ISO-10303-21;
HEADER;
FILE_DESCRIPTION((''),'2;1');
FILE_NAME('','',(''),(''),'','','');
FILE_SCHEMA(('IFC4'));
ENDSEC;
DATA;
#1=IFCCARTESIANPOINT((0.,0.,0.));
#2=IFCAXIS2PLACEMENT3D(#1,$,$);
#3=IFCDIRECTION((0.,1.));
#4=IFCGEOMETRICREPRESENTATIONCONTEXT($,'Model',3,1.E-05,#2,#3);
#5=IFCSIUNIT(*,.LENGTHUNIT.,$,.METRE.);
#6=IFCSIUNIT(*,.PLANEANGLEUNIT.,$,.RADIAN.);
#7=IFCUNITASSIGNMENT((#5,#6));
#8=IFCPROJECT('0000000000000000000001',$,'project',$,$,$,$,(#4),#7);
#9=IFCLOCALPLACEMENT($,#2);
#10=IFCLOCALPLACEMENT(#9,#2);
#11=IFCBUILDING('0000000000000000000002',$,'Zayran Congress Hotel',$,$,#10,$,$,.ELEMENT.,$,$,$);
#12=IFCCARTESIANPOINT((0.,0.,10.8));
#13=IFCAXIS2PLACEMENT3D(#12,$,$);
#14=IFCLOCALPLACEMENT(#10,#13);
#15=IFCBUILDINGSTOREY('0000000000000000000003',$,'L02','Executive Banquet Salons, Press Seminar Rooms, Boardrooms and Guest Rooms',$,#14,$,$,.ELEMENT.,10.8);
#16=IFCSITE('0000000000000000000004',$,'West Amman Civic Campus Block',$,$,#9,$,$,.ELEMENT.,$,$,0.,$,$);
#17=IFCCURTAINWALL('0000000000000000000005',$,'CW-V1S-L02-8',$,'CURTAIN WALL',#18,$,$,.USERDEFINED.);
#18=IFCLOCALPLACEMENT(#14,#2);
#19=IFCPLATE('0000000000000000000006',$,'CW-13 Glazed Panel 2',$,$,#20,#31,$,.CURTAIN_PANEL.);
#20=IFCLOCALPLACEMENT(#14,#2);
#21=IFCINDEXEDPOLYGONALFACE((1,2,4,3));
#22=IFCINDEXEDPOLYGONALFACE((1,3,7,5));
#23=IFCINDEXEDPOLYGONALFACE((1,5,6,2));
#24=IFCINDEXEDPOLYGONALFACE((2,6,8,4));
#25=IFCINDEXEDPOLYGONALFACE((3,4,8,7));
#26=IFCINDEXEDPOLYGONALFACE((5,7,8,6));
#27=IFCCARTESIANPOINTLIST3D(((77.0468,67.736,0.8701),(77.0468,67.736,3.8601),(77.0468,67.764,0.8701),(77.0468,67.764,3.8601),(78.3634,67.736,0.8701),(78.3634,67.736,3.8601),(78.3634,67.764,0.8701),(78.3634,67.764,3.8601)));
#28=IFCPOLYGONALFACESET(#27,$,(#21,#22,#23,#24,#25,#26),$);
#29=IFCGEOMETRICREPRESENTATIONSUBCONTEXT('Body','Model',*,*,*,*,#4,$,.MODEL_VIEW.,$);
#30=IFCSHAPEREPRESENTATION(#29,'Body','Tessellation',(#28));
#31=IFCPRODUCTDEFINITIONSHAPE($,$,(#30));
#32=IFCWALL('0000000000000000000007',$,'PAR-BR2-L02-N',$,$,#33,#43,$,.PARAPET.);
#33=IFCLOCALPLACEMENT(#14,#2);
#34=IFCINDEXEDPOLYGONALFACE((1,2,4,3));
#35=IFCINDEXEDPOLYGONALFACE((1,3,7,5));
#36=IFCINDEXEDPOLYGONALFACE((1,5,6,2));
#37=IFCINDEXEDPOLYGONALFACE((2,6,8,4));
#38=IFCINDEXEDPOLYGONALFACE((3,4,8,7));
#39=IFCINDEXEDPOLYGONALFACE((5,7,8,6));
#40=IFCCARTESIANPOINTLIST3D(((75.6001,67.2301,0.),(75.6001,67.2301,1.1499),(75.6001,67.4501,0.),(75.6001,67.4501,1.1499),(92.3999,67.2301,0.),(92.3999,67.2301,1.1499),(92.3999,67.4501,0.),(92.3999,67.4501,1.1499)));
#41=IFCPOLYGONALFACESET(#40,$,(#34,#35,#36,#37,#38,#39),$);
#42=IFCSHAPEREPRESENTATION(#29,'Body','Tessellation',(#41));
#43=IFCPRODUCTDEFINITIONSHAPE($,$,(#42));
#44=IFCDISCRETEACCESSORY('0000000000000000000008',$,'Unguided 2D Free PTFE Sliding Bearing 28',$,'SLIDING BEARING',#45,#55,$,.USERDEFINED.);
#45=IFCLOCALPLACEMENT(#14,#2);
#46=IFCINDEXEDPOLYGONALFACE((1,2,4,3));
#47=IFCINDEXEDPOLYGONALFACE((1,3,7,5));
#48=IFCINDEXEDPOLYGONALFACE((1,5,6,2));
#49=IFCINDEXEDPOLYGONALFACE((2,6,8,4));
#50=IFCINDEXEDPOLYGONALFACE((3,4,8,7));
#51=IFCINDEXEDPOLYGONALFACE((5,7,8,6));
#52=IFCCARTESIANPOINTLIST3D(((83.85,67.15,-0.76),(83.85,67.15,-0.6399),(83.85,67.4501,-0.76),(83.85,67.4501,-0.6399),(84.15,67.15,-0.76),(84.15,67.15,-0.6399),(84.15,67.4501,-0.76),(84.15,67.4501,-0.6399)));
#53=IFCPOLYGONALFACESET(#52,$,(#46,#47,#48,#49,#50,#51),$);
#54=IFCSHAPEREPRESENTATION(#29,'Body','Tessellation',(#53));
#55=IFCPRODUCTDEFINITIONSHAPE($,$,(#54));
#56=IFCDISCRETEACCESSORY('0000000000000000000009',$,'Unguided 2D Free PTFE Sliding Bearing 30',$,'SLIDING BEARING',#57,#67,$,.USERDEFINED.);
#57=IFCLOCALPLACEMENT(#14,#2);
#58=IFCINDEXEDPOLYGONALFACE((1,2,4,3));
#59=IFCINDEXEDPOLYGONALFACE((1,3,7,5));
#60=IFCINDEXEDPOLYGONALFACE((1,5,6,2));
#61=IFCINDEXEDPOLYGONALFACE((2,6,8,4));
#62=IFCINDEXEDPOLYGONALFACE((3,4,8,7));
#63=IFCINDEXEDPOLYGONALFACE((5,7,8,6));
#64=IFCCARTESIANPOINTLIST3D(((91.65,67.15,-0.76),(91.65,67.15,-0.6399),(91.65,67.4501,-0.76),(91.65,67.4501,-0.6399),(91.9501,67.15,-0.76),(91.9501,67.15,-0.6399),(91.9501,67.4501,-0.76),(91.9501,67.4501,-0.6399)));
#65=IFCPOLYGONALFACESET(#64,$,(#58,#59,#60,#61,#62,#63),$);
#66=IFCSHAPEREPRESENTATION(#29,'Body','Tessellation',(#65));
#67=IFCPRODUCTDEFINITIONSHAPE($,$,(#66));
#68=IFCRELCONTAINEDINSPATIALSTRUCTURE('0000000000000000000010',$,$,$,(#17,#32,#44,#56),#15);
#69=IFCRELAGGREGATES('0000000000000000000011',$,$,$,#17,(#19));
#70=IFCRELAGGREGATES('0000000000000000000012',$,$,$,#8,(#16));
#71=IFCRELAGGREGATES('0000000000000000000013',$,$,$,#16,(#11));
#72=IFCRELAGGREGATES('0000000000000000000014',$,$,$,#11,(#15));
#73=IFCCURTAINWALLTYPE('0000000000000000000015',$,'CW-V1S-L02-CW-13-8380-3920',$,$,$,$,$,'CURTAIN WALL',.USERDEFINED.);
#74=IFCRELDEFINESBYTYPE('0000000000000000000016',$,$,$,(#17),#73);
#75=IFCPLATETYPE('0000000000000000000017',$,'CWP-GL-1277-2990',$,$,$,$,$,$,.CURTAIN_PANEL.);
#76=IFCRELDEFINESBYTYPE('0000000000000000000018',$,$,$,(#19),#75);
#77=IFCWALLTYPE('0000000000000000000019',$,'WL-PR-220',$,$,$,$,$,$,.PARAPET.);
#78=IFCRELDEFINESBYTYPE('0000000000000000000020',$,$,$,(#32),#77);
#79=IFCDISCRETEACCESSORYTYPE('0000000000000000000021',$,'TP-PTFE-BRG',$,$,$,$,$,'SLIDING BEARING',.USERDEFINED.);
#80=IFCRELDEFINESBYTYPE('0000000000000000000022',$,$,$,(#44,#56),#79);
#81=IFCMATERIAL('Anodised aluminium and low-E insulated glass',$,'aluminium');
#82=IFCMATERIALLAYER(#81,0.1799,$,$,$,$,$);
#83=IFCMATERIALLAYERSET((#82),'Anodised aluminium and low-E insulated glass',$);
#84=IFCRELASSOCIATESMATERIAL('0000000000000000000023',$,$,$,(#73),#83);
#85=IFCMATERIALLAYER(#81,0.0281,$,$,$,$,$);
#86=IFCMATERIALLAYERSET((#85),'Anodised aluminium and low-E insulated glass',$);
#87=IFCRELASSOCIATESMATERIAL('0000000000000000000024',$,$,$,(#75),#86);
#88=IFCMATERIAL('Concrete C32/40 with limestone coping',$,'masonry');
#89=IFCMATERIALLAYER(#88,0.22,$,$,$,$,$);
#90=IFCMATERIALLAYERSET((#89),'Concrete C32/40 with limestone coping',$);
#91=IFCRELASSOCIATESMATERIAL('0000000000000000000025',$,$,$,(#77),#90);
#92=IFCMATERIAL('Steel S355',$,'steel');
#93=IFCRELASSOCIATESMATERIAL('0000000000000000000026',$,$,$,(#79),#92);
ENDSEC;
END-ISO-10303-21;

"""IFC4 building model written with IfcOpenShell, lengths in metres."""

from ifc_helpers import new_model, si_unit, direction, frame, frame_2d, origin, origin_2d, place, context, subcontext, project, spatial, rectangle, extrude, material, layer, layer_set, type_object, element, aggregate, save


model = new_model("IFC4")

# Units and contexts
model_context = context("Model", 3, precision=1e-05, world=origin(), true_north=direction((0.0, 1.0)))
body_context = subcontext(model_context, "Body", "Model", "MODEL_VIEW")
ifc_project = project(units=[si_unit("LENGTHUNIT", "METRE"), si_unit("PLANEANGLEUNIT", "RADIAN")], contexts=[model_context])

# Site, building, storey
site_placement = place(None, origin())
site = spatial("IfcSite", under=ifc_project, at=site_placement, Name="West Amman Civic Campus Block", CompositionType="ELEMENT", RefElevation=0.0)
building_placement = place(site_placement, origin())
building = spatial("IfcBuilding", under=site, at=building_placement, Name="Zayran Congress Hotel", CompositionType="ELEMENT")
storey_placement = place(building_placement, frame((0.0, 0.0, 10.8)))
storey = spatial("IfcBuildingStorey", under=building, at=storey_placement, Name="L02", Description="Executive Banquet Salons, Press Seminar Rooms, Boardrooms and Guest Rooms", CompositionType="ELEMENT", Elevation=10.8)

# Shared definitions
ifc_material_1 = material(Name="Anodised aluminium and low-E insulated glass", Category="aluminium")

# Curtain wall, plate
ifc_layer_1 = layer(ifc_material_1, 0.1799)
ifc_layer_set_1 = layer_set([ifc_layer_1], Name="Anodised aluminium and low-E insulated glass")
curtain_wall_type_1 = type_object("IfcCurtainWallType", Name="CW-V1S-L02-CW-13-8380-3920", ElementType="CURTAIN WALL", PredefinedType="USERDEFINED", material=ifc_layer_set_1)
curtain_wall_1_placement = place(storey_placement, origin())
curtain_wall_1 = element("IfcCurtainWall", 1, at=curtain_wall_1_placement, inside=storey, type_object=curtain_wall_type_1, Name="CW-V1S-L02-8", ObjectType="CURTAIN WALL", PredefinedType="USERDEFINED")
ifc_layer_2 = layer(ifc_material_1, 0.0281)
ifc_layer_set_2 = layer_set([ifc_layer_2], Name="Anodised aluminium and low-E insulated glass")
plate_type_1 = type_object("IfcPlateType", Name="CWP-GL-1277-2990", PredefinedType="CURTAIN_PANEL", material=ifc_layer_set_2)
plate_1_placement = place(storey_placement, frame((77.7051, 67.75, 0.8701), z_axis=(0.0, 0.0, 1.0), x_axis=(1.0, 0.0, 0.0)))
plate_1 = element("IfcPlate", 2, at=plate_1_placement, type_object=plate_type_1, Name="CW-13 Glazed Panel 2", PredefinedType="CURTAIN_PANEL", context=body_context, shape_type="SweptSolid", body=[
    extrude(rectangle(XDim=1.3167, YDim=0.0281, at=origin_2d()), origin(), (0.0, 0.0, 1.0), 2.99),
])
aggregate(curtain_wall_1, [plate_1])

# Wall
ifc_material_2 = material(Name="Concrete C32/40 with limestone coping", Category="masonry")
ifc_layer_3 = layer(ifc_material_2, 0.22)
ifc_layer_set_3 = layer_set([ifc_layer_3], Name="Concrete C32/40 with limestone coping")
wall_type = type_object("IfcWallType", Name="WL-PR-220", PredefinedType="PARAPET", material=ifc_layer_set_3)
wall_placement = place(storey_placement, frame((92.3999, 67.3401, 0.0), z_axis=(0.0, 0.0, 1.0), x_axis=(-1.0, 0.0, 0.0)))
element("IfcWall", 3, at=wall_placement, inside=storey, type_object=wall_type, Name="PAR-BR2-L02-N", PredefinedType="PARAPET", context=body_context, shape_type="SweptSolid", body=[
    extrude(rectangle(XDim=16.7998, YDim=0.22, at=frame_2d((8.3999, 0.0))), origin(), (0.0, 0.0, 1.0), 1.1499),
])

# Discrete accessories
ifc_material_3 = material(Name="Steel S355", Category="steel")
discrete_accessory_type = type_object("IfcDiscreteAccessoryType", Name="TP-PTFE-BRG", ElementType="SLIDING BEARING", PredefinedType="USERDEFINED", material=ifc_material_3)
for number, where, z_axis, x_axis, name in (
    (4, (84.0, 67.3, -0.76), (0.0, 0.0, 1.0), (1.0, 0.0, 0.0), "Unguided 2D Free PTFE Sliding Bearing 28"),
    (5, (91.8, 67.3, -0.76), (0.0, 0.0, 1.0), (1.0, 0.0, 0.0), "Unguided 2D Free PTFE Sliding Bearing 30"),
):
    element("IfcDiscreteAccessory", number, at=place(storey_placement, frame(where, z_axis=z_axis, x_axis=x_axis)), inside=storey, type_object=discrete_accessory_type, Name=name, ObjectType="SLIDING BEARING", PredefinedType="USERDEFINED", context=body_context, shape_type="SweptSolid", body=[
        extrude(rectangle(XDim=0.3, YDim=0.3, at=origin_2d()), origin(), (0.0, 0.0, 1.0), 0.1201),
    ])

save(model, "model.ifc")
